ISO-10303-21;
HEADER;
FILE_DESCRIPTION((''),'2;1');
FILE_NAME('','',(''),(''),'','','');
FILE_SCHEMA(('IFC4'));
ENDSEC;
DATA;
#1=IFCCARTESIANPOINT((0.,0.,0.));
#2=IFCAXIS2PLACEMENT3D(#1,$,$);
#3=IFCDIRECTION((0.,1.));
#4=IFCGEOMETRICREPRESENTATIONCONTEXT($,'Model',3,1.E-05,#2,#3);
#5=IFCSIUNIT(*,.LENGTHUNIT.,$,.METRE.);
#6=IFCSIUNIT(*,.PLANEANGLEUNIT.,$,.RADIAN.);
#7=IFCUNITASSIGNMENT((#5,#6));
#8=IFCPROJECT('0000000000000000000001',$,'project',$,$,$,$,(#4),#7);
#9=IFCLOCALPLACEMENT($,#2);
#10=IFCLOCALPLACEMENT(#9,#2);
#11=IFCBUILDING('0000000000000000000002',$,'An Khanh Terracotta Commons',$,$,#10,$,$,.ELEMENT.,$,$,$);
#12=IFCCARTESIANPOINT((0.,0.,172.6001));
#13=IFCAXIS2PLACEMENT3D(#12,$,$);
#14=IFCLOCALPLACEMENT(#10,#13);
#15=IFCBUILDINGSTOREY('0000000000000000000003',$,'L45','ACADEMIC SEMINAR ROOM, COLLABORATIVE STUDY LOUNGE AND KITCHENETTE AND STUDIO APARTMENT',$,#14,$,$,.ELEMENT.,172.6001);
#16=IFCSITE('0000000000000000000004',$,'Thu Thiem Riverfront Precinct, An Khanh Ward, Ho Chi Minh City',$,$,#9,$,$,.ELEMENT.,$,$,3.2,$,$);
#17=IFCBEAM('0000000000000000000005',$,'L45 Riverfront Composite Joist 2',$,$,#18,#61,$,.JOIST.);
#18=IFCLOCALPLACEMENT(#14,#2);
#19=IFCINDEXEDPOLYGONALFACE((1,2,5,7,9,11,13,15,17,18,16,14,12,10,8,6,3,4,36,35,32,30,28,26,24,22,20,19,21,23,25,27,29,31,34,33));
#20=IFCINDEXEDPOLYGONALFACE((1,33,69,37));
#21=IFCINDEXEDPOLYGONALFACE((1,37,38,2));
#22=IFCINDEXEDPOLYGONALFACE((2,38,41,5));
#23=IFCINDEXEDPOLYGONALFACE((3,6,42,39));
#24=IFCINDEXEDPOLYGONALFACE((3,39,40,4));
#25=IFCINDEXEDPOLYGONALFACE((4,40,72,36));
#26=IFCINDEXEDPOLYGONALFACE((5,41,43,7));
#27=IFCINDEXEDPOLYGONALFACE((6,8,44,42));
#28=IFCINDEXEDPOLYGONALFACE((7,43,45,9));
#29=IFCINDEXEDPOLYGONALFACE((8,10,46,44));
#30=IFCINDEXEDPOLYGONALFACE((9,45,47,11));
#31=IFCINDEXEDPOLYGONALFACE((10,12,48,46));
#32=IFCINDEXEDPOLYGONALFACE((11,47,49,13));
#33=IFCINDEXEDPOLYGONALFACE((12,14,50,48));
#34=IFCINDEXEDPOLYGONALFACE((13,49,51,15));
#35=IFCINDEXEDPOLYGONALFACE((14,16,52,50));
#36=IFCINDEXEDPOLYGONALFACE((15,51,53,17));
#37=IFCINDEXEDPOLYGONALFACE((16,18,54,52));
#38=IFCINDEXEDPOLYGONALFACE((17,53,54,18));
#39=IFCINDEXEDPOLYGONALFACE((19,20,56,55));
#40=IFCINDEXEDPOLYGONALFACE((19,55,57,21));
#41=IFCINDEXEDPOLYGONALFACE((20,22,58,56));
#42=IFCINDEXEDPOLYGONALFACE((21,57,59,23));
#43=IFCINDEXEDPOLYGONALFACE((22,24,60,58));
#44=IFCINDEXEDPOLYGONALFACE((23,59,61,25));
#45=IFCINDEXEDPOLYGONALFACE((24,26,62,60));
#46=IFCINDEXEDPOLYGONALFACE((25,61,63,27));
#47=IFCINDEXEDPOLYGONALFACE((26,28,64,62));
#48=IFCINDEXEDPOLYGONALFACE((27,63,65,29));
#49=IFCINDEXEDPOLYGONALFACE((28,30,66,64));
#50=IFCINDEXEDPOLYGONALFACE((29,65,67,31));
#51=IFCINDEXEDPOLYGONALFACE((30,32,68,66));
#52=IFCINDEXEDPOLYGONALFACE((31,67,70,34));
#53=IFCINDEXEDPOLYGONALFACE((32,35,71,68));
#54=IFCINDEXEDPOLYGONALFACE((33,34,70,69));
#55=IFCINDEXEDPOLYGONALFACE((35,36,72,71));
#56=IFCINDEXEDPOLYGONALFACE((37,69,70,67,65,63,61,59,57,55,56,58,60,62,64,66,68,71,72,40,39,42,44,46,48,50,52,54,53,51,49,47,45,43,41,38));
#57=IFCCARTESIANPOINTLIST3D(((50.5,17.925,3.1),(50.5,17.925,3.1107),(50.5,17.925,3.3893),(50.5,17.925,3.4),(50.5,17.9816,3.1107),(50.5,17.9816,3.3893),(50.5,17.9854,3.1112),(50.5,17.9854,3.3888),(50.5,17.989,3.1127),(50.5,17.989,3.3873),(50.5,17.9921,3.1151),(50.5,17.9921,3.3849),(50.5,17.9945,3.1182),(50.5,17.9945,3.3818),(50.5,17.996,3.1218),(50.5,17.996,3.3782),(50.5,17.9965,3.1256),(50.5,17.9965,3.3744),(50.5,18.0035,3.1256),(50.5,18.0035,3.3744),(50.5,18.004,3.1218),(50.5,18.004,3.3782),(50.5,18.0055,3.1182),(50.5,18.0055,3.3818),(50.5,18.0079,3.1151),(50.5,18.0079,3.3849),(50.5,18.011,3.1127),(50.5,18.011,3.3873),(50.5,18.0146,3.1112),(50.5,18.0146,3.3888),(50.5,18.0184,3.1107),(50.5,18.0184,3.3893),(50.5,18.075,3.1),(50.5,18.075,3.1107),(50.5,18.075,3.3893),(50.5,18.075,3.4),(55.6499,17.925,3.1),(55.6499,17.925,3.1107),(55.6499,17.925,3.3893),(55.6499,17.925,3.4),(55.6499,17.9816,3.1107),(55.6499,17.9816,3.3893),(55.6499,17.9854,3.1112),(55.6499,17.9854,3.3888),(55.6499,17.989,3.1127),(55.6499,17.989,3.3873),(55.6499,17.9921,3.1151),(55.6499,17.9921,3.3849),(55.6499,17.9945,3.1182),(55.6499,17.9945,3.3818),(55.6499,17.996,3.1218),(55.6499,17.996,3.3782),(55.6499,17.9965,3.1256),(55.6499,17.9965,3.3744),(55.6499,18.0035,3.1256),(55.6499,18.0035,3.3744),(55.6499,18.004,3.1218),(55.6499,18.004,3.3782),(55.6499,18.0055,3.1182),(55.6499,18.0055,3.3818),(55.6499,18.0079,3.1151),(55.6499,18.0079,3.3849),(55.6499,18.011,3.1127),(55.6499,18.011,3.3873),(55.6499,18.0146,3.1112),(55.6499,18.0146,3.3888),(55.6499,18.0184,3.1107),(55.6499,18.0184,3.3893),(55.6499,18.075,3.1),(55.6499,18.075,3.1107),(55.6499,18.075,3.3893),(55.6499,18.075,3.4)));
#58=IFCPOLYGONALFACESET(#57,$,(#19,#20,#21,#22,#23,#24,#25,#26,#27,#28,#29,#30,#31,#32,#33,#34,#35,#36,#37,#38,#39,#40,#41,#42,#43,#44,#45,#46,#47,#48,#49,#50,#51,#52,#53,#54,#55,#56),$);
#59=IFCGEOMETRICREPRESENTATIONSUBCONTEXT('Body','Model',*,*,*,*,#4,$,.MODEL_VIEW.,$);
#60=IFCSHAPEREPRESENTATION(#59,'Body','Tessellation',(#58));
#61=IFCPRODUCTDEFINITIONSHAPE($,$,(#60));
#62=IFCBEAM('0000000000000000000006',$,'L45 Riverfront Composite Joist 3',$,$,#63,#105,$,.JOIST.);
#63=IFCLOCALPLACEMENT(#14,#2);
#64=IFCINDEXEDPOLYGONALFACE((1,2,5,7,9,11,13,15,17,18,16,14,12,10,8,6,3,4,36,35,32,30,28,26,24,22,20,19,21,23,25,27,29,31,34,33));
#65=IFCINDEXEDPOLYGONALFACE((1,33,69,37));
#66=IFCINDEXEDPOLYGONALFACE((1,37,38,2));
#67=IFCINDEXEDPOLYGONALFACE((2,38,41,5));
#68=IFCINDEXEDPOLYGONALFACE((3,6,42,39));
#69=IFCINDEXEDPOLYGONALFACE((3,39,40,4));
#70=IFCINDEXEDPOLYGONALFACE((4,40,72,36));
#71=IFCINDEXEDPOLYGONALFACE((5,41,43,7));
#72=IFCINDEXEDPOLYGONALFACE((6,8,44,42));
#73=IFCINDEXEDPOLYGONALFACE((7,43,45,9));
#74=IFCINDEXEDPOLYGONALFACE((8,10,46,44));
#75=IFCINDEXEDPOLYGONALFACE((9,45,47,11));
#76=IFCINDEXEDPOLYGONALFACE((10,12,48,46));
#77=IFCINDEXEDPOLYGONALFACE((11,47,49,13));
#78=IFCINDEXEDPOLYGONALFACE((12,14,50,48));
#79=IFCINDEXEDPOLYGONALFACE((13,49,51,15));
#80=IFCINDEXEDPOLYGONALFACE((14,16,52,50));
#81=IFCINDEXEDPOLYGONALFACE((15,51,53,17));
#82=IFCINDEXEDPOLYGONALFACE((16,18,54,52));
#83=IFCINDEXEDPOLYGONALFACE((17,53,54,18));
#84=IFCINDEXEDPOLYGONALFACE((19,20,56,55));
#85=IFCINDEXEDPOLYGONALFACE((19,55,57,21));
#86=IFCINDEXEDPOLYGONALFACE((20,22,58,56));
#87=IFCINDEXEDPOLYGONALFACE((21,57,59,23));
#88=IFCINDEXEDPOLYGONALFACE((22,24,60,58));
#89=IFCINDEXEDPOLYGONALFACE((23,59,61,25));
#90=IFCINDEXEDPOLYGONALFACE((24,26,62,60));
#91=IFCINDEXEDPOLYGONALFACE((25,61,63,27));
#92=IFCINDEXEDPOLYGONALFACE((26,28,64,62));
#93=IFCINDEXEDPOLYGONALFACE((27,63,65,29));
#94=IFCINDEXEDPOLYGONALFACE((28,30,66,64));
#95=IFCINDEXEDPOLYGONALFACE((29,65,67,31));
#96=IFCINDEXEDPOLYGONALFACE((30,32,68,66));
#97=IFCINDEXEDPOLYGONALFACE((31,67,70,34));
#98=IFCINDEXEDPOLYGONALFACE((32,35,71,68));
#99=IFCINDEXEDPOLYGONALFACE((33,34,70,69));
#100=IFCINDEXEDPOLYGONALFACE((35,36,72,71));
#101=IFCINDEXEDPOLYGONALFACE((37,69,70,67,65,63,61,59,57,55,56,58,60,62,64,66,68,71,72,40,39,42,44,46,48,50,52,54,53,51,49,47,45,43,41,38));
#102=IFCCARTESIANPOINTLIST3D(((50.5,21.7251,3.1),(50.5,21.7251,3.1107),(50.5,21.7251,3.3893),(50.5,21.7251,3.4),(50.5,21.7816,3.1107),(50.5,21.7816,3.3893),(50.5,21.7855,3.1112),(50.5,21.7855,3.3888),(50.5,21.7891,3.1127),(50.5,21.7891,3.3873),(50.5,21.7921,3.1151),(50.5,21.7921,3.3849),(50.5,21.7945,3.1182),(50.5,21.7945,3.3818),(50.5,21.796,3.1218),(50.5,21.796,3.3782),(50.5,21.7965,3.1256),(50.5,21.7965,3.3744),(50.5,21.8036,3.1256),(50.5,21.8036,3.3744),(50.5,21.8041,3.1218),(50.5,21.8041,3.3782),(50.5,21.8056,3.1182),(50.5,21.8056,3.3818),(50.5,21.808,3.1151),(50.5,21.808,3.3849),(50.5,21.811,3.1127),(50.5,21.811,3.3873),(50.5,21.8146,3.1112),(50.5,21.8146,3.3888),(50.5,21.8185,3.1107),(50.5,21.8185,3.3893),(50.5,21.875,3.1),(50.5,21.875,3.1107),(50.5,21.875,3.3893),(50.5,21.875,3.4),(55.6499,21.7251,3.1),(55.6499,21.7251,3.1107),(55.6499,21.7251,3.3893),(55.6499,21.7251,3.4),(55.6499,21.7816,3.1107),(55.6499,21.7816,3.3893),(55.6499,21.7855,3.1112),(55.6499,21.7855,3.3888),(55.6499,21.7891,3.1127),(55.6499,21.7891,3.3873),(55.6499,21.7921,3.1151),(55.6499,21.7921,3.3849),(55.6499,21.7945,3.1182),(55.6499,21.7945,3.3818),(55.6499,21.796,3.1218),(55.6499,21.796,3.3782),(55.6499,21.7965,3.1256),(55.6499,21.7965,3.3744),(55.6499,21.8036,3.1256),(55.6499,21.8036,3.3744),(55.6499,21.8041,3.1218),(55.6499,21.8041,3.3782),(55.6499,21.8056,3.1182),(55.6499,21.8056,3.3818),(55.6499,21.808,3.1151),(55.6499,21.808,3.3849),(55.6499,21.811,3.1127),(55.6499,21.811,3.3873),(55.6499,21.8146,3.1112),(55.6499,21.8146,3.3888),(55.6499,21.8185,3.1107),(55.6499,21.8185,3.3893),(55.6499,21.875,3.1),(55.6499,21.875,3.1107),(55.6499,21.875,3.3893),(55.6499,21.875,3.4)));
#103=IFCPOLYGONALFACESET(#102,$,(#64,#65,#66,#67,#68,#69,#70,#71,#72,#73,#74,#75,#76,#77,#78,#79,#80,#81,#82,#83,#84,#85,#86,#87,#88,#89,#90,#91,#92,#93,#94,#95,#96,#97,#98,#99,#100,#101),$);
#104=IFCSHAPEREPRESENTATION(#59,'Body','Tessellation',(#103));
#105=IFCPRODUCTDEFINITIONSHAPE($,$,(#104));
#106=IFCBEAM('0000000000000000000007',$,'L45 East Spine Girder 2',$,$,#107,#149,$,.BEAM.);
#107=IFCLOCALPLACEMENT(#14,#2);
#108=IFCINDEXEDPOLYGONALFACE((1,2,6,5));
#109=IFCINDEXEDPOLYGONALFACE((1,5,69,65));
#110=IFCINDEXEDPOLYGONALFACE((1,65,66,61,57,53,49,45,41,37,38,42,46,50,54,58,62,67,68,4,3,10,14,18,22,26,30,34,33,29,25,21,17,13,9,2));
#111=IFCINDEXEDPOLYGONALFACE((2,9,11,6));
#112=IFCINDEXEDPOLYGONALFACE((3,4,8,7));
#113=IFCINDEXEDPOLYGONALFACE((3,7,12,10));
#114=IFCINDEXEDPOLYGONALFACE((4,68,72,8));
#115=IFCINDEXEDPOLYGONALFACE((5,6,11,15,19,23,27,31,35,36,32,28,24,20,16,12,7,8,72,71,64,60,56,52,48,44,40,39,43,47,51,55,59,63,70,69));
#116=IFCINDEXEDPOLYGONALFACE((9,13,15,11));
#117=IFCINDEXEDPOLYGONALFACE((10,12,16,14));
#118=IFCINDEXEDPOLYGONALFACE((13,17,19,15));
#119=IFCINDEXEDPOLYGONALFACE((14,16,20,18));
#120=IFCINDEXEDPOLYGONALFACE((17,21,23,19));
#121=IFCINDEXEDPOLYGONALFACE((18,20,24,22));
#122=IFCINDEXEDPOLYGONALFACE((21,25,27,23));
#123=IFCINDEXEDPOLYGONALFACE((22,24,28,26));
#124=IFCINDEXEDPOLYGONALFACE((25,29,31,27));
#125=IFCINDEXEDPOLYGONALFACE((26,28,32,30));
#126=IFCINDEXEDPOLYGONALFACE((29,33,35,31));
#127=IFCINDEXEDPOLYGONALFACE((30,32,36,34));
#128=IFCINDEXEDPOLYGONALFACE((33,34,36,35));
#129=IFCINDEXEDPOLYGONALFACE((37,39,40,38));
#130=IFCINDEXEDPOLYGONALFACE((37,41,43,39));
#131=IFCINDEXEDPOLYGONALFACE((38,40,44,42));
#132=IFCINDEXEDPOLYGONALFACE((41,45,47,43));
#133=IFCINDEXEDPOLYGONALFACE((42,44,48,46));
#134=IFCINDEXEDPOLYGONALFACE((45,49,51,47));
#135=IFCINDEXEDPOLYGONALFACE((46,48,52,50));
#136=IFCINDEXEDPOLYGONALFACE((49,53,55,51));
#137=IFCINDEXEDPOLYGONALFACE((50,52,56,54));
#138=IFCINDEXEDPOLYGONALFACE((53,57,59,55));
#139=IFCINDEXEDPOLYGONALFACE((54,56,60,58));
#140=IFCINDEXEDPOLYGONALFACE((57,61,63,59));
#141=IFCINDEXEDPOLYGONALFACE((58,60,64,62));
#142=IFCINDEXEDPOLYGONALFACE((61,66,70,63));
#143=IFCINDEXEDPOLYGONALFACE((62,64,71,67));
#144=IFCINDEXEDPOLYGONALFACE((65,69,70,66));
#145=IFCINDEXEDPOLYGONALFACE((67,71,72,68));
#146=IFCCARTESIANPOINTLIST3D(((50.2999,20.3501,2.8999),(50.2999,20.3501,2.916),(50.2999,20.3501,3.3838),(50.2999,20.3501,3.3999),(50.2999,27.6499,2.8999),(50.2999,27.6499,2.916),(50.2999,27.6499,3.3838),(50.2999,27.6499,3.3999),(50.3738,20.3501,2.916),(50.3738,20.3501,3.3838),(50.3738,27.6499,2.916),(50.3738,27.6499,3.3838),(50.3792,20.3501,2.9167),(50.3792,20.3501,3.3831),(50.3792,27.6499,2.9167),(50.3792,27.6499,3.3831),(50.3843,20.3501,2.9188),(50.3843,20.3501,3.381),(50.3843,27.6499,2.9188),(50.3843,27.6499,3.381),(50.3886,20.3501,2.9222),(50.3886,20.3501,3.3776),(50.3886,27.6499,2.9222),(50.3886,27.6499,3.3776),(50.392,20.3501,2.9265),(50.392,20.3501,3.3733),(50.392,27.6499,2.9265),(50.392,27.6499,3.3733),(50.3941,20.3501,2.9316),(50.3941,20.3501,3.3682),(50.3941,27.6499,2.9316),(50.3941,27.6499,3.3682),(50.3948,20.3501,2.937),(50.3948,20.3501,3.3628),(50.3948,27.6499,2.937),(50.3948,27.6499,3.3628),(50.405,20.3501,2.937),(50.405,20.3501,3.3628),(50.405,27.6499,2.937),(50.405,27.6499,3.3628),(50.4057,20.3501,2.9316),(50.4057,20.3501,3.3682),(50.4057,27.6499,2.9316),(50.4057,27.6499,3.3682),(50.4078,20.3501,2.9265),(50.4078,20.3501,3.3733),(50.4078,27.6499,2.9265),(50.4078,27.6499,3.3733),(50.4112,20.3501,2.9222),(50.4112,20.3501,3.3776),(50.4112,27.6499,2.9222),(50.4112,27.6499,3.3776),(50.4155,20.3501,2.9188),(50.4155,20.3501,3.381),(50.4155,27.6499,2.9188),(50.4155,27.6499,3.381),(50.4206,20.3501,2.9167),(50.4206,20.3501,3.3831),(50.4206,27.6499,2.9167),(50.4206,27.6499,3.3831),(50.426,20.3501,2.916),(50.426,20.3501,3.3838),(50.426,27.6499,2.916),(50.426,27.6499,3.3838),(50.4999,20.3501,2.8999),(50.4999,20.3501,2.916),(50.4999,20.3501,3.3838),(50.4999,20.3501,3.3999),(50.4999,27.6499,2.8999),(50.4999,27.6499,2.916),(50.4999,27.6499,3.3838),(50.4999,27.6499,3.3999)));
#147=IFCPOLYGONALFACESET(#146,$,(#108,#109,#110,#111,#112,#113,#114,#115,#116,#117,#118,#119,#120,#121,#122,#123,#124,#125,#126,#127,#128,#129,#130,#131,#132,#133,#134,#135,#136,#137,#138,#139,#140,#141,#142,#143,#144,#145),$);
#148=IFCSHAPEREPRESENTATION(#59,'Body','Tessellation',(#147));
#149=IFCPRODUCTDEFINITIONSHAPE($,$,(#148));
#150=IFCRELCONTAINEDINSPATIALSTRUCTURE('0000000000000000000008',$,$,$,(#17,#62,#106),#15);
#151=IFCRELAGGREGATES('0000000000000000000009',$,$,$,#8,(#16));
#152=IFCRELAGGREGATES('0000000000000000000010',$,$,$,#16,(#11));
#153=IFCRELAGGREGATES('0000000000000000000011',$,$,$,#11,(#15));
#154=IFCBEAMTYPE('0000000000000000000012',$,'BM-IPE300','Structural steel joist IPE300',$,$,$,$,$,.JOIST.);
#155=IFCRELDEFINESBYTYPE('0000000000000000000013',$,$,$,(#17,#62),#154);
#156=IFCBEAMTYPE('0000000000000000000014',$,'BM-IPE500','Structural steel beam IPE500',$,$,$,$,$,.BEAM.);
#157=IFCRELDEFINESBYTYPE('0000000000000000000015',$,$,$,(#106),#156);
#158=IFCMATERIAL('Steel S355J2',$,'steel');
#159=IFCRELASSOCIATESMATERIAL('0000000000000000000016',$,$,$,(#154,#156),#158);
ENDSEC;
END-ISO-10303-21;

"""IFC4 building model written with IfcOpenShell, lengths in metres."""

from ifc_helpers import new_model, si_unit, direction, frame, origin, origin_2d, place, context, subcontext, project, spatial, i_section, extrude, material, material_profile, profile_set, type_object, element, save


model = new_model("IFC4")

# Units and contexts
model_context = context("Model", 3, precision=1e-05, world=origin(), true_north=direction((0.0, 1.0)))
body_context = subcontext(model_context, "Body", "Model", "MODEL_VIEW")
ifc_project = project(units=[si_unit("LENGTHUNIT", "METRE"), si_unit("PLANEANGLEUNIT", "RADIAN")], contexts=[model_context])

# Site, building, storey
site_placement = place(None, origin())
site = spatial("IfcSite", under=ifc_project, at=site_placement, Name="Thu Thiem Riverfront Precinct, An Khanh Ward, Ho Chi Minh City", CompositionType="ELEMENT", RefElevation=3.2)
building_placement = place(site_placement, origin())
building = spatial("IfcBuilding", under=site, at=building_placement, Name="An Khanh Terracotta Commons", CompositionType="ELEMENT")
storey_placement = place(building_placement, frame((0.0, 0.0, 172.6001)))
storey = spatial("IfcBuildingStorey", under=building, at=storey_placement, Name="L45", Description="ACADEMIC SEMINAR ROOM, COLLABORATIVE STUDY LOUNGE AND KITCHENETTE AND STUDIO APARTMENT", CompositionType="ELEMENT", Elevation=172.6001)

# Beams
ifc_material_1 = material(Name="Steel S355J2", Category="steel")
ifc_material_profile_1 = material_profile(ifc_material_1, i_section(OverallWidth=0.1499, OverallDepth=0.3, WebThickness=0.0071, FlangeThickness=0.0107, FilletRadius=0.0149, at=origin_2d()), Name="IPE300")
ifc_profile_set_1 = profile_set([ifc_material_profile_1], Name="Steel S355J2")
beam_type_1 = type_object("IfcBeamType", Name="BM-IPE300", Description="Structural steel joist IPE300", PredefinedType="JOIST", material=ifc_profile_set_1)
for number, where, z_axis, x_axis, name in (
    (1, (50.5, 18.0, 3.25), (1.0, 0.0, 0.0), (0.0, 1.0, 0.0), "L45 Riverfront Composite Joist 2"),
    (2, (50.5, 21.8, 3.25), (1.0, 0.0, 0.0), (0.0, 1.0, 0.0), "L45 Riverfront Composite Joist 3"),
):
    element("IfcBeam", number, at=place(storey_placement, frame(where, z_axis=z_axis, x_axis=x_axis)), inside=storey, type_object=beam_type_1, Name=name, PredefinedType="JOIST", context=body_context, shape_type="SweptSolid", body=[
        extrude(i_section(OverallWidth=0.1499, OverallDepth=0.3, WebThickness=0.0071, FlangeThickness=0.0107, FilletRadius=0.0149, at=origin_2d()), origin(), (0.0, 0.0, 1.0), 5.1499),
    ])
ifc_material_profile_2 = material_profile(ifc_material_1, i_section(OverallWidth=0.2, OverallDepth=0.5, WebThickness=0.0103, FlangeThickness=0.0161, FilletRadius=0.021, at=origin_2d()), Name="IPE500")
ifc_profile_set_2 = profile_set([ifc_material_profile_2], Name="Steel S355J2")
beam_type_2 = type_object("IfcBeamType", Name="BM-IPE500", Description="Structural steel beam IPE500", PredefinedType="BEAM", material=ifc_profile_set_2)
beam_placement = place(storey_placement, frame((50.3999, 20.3501, 3.1499), z_axis=(0.0, 1.0, 0.0), x_axis=(-1.0, 0.0, 0.0)))
element("IfcBeam", 3, at=beam_placement, inside=storey, type_object=beam_type_2, Name="L45 East Spine Girder 2", PredefinedType="BEAM", context=body_context, shape_type="SweptSolid", body=[
    extrude(i_section(OverallWidth=0.2, OverallDepth=0.5, WebThickness=0.0103, FlangeThickness=0.0161, FilletRadius=0.021, at=origin_2d()), origin(), (0.0, 0.0, 1.0), 7.2998),
])

save(model, "model.ifc")
